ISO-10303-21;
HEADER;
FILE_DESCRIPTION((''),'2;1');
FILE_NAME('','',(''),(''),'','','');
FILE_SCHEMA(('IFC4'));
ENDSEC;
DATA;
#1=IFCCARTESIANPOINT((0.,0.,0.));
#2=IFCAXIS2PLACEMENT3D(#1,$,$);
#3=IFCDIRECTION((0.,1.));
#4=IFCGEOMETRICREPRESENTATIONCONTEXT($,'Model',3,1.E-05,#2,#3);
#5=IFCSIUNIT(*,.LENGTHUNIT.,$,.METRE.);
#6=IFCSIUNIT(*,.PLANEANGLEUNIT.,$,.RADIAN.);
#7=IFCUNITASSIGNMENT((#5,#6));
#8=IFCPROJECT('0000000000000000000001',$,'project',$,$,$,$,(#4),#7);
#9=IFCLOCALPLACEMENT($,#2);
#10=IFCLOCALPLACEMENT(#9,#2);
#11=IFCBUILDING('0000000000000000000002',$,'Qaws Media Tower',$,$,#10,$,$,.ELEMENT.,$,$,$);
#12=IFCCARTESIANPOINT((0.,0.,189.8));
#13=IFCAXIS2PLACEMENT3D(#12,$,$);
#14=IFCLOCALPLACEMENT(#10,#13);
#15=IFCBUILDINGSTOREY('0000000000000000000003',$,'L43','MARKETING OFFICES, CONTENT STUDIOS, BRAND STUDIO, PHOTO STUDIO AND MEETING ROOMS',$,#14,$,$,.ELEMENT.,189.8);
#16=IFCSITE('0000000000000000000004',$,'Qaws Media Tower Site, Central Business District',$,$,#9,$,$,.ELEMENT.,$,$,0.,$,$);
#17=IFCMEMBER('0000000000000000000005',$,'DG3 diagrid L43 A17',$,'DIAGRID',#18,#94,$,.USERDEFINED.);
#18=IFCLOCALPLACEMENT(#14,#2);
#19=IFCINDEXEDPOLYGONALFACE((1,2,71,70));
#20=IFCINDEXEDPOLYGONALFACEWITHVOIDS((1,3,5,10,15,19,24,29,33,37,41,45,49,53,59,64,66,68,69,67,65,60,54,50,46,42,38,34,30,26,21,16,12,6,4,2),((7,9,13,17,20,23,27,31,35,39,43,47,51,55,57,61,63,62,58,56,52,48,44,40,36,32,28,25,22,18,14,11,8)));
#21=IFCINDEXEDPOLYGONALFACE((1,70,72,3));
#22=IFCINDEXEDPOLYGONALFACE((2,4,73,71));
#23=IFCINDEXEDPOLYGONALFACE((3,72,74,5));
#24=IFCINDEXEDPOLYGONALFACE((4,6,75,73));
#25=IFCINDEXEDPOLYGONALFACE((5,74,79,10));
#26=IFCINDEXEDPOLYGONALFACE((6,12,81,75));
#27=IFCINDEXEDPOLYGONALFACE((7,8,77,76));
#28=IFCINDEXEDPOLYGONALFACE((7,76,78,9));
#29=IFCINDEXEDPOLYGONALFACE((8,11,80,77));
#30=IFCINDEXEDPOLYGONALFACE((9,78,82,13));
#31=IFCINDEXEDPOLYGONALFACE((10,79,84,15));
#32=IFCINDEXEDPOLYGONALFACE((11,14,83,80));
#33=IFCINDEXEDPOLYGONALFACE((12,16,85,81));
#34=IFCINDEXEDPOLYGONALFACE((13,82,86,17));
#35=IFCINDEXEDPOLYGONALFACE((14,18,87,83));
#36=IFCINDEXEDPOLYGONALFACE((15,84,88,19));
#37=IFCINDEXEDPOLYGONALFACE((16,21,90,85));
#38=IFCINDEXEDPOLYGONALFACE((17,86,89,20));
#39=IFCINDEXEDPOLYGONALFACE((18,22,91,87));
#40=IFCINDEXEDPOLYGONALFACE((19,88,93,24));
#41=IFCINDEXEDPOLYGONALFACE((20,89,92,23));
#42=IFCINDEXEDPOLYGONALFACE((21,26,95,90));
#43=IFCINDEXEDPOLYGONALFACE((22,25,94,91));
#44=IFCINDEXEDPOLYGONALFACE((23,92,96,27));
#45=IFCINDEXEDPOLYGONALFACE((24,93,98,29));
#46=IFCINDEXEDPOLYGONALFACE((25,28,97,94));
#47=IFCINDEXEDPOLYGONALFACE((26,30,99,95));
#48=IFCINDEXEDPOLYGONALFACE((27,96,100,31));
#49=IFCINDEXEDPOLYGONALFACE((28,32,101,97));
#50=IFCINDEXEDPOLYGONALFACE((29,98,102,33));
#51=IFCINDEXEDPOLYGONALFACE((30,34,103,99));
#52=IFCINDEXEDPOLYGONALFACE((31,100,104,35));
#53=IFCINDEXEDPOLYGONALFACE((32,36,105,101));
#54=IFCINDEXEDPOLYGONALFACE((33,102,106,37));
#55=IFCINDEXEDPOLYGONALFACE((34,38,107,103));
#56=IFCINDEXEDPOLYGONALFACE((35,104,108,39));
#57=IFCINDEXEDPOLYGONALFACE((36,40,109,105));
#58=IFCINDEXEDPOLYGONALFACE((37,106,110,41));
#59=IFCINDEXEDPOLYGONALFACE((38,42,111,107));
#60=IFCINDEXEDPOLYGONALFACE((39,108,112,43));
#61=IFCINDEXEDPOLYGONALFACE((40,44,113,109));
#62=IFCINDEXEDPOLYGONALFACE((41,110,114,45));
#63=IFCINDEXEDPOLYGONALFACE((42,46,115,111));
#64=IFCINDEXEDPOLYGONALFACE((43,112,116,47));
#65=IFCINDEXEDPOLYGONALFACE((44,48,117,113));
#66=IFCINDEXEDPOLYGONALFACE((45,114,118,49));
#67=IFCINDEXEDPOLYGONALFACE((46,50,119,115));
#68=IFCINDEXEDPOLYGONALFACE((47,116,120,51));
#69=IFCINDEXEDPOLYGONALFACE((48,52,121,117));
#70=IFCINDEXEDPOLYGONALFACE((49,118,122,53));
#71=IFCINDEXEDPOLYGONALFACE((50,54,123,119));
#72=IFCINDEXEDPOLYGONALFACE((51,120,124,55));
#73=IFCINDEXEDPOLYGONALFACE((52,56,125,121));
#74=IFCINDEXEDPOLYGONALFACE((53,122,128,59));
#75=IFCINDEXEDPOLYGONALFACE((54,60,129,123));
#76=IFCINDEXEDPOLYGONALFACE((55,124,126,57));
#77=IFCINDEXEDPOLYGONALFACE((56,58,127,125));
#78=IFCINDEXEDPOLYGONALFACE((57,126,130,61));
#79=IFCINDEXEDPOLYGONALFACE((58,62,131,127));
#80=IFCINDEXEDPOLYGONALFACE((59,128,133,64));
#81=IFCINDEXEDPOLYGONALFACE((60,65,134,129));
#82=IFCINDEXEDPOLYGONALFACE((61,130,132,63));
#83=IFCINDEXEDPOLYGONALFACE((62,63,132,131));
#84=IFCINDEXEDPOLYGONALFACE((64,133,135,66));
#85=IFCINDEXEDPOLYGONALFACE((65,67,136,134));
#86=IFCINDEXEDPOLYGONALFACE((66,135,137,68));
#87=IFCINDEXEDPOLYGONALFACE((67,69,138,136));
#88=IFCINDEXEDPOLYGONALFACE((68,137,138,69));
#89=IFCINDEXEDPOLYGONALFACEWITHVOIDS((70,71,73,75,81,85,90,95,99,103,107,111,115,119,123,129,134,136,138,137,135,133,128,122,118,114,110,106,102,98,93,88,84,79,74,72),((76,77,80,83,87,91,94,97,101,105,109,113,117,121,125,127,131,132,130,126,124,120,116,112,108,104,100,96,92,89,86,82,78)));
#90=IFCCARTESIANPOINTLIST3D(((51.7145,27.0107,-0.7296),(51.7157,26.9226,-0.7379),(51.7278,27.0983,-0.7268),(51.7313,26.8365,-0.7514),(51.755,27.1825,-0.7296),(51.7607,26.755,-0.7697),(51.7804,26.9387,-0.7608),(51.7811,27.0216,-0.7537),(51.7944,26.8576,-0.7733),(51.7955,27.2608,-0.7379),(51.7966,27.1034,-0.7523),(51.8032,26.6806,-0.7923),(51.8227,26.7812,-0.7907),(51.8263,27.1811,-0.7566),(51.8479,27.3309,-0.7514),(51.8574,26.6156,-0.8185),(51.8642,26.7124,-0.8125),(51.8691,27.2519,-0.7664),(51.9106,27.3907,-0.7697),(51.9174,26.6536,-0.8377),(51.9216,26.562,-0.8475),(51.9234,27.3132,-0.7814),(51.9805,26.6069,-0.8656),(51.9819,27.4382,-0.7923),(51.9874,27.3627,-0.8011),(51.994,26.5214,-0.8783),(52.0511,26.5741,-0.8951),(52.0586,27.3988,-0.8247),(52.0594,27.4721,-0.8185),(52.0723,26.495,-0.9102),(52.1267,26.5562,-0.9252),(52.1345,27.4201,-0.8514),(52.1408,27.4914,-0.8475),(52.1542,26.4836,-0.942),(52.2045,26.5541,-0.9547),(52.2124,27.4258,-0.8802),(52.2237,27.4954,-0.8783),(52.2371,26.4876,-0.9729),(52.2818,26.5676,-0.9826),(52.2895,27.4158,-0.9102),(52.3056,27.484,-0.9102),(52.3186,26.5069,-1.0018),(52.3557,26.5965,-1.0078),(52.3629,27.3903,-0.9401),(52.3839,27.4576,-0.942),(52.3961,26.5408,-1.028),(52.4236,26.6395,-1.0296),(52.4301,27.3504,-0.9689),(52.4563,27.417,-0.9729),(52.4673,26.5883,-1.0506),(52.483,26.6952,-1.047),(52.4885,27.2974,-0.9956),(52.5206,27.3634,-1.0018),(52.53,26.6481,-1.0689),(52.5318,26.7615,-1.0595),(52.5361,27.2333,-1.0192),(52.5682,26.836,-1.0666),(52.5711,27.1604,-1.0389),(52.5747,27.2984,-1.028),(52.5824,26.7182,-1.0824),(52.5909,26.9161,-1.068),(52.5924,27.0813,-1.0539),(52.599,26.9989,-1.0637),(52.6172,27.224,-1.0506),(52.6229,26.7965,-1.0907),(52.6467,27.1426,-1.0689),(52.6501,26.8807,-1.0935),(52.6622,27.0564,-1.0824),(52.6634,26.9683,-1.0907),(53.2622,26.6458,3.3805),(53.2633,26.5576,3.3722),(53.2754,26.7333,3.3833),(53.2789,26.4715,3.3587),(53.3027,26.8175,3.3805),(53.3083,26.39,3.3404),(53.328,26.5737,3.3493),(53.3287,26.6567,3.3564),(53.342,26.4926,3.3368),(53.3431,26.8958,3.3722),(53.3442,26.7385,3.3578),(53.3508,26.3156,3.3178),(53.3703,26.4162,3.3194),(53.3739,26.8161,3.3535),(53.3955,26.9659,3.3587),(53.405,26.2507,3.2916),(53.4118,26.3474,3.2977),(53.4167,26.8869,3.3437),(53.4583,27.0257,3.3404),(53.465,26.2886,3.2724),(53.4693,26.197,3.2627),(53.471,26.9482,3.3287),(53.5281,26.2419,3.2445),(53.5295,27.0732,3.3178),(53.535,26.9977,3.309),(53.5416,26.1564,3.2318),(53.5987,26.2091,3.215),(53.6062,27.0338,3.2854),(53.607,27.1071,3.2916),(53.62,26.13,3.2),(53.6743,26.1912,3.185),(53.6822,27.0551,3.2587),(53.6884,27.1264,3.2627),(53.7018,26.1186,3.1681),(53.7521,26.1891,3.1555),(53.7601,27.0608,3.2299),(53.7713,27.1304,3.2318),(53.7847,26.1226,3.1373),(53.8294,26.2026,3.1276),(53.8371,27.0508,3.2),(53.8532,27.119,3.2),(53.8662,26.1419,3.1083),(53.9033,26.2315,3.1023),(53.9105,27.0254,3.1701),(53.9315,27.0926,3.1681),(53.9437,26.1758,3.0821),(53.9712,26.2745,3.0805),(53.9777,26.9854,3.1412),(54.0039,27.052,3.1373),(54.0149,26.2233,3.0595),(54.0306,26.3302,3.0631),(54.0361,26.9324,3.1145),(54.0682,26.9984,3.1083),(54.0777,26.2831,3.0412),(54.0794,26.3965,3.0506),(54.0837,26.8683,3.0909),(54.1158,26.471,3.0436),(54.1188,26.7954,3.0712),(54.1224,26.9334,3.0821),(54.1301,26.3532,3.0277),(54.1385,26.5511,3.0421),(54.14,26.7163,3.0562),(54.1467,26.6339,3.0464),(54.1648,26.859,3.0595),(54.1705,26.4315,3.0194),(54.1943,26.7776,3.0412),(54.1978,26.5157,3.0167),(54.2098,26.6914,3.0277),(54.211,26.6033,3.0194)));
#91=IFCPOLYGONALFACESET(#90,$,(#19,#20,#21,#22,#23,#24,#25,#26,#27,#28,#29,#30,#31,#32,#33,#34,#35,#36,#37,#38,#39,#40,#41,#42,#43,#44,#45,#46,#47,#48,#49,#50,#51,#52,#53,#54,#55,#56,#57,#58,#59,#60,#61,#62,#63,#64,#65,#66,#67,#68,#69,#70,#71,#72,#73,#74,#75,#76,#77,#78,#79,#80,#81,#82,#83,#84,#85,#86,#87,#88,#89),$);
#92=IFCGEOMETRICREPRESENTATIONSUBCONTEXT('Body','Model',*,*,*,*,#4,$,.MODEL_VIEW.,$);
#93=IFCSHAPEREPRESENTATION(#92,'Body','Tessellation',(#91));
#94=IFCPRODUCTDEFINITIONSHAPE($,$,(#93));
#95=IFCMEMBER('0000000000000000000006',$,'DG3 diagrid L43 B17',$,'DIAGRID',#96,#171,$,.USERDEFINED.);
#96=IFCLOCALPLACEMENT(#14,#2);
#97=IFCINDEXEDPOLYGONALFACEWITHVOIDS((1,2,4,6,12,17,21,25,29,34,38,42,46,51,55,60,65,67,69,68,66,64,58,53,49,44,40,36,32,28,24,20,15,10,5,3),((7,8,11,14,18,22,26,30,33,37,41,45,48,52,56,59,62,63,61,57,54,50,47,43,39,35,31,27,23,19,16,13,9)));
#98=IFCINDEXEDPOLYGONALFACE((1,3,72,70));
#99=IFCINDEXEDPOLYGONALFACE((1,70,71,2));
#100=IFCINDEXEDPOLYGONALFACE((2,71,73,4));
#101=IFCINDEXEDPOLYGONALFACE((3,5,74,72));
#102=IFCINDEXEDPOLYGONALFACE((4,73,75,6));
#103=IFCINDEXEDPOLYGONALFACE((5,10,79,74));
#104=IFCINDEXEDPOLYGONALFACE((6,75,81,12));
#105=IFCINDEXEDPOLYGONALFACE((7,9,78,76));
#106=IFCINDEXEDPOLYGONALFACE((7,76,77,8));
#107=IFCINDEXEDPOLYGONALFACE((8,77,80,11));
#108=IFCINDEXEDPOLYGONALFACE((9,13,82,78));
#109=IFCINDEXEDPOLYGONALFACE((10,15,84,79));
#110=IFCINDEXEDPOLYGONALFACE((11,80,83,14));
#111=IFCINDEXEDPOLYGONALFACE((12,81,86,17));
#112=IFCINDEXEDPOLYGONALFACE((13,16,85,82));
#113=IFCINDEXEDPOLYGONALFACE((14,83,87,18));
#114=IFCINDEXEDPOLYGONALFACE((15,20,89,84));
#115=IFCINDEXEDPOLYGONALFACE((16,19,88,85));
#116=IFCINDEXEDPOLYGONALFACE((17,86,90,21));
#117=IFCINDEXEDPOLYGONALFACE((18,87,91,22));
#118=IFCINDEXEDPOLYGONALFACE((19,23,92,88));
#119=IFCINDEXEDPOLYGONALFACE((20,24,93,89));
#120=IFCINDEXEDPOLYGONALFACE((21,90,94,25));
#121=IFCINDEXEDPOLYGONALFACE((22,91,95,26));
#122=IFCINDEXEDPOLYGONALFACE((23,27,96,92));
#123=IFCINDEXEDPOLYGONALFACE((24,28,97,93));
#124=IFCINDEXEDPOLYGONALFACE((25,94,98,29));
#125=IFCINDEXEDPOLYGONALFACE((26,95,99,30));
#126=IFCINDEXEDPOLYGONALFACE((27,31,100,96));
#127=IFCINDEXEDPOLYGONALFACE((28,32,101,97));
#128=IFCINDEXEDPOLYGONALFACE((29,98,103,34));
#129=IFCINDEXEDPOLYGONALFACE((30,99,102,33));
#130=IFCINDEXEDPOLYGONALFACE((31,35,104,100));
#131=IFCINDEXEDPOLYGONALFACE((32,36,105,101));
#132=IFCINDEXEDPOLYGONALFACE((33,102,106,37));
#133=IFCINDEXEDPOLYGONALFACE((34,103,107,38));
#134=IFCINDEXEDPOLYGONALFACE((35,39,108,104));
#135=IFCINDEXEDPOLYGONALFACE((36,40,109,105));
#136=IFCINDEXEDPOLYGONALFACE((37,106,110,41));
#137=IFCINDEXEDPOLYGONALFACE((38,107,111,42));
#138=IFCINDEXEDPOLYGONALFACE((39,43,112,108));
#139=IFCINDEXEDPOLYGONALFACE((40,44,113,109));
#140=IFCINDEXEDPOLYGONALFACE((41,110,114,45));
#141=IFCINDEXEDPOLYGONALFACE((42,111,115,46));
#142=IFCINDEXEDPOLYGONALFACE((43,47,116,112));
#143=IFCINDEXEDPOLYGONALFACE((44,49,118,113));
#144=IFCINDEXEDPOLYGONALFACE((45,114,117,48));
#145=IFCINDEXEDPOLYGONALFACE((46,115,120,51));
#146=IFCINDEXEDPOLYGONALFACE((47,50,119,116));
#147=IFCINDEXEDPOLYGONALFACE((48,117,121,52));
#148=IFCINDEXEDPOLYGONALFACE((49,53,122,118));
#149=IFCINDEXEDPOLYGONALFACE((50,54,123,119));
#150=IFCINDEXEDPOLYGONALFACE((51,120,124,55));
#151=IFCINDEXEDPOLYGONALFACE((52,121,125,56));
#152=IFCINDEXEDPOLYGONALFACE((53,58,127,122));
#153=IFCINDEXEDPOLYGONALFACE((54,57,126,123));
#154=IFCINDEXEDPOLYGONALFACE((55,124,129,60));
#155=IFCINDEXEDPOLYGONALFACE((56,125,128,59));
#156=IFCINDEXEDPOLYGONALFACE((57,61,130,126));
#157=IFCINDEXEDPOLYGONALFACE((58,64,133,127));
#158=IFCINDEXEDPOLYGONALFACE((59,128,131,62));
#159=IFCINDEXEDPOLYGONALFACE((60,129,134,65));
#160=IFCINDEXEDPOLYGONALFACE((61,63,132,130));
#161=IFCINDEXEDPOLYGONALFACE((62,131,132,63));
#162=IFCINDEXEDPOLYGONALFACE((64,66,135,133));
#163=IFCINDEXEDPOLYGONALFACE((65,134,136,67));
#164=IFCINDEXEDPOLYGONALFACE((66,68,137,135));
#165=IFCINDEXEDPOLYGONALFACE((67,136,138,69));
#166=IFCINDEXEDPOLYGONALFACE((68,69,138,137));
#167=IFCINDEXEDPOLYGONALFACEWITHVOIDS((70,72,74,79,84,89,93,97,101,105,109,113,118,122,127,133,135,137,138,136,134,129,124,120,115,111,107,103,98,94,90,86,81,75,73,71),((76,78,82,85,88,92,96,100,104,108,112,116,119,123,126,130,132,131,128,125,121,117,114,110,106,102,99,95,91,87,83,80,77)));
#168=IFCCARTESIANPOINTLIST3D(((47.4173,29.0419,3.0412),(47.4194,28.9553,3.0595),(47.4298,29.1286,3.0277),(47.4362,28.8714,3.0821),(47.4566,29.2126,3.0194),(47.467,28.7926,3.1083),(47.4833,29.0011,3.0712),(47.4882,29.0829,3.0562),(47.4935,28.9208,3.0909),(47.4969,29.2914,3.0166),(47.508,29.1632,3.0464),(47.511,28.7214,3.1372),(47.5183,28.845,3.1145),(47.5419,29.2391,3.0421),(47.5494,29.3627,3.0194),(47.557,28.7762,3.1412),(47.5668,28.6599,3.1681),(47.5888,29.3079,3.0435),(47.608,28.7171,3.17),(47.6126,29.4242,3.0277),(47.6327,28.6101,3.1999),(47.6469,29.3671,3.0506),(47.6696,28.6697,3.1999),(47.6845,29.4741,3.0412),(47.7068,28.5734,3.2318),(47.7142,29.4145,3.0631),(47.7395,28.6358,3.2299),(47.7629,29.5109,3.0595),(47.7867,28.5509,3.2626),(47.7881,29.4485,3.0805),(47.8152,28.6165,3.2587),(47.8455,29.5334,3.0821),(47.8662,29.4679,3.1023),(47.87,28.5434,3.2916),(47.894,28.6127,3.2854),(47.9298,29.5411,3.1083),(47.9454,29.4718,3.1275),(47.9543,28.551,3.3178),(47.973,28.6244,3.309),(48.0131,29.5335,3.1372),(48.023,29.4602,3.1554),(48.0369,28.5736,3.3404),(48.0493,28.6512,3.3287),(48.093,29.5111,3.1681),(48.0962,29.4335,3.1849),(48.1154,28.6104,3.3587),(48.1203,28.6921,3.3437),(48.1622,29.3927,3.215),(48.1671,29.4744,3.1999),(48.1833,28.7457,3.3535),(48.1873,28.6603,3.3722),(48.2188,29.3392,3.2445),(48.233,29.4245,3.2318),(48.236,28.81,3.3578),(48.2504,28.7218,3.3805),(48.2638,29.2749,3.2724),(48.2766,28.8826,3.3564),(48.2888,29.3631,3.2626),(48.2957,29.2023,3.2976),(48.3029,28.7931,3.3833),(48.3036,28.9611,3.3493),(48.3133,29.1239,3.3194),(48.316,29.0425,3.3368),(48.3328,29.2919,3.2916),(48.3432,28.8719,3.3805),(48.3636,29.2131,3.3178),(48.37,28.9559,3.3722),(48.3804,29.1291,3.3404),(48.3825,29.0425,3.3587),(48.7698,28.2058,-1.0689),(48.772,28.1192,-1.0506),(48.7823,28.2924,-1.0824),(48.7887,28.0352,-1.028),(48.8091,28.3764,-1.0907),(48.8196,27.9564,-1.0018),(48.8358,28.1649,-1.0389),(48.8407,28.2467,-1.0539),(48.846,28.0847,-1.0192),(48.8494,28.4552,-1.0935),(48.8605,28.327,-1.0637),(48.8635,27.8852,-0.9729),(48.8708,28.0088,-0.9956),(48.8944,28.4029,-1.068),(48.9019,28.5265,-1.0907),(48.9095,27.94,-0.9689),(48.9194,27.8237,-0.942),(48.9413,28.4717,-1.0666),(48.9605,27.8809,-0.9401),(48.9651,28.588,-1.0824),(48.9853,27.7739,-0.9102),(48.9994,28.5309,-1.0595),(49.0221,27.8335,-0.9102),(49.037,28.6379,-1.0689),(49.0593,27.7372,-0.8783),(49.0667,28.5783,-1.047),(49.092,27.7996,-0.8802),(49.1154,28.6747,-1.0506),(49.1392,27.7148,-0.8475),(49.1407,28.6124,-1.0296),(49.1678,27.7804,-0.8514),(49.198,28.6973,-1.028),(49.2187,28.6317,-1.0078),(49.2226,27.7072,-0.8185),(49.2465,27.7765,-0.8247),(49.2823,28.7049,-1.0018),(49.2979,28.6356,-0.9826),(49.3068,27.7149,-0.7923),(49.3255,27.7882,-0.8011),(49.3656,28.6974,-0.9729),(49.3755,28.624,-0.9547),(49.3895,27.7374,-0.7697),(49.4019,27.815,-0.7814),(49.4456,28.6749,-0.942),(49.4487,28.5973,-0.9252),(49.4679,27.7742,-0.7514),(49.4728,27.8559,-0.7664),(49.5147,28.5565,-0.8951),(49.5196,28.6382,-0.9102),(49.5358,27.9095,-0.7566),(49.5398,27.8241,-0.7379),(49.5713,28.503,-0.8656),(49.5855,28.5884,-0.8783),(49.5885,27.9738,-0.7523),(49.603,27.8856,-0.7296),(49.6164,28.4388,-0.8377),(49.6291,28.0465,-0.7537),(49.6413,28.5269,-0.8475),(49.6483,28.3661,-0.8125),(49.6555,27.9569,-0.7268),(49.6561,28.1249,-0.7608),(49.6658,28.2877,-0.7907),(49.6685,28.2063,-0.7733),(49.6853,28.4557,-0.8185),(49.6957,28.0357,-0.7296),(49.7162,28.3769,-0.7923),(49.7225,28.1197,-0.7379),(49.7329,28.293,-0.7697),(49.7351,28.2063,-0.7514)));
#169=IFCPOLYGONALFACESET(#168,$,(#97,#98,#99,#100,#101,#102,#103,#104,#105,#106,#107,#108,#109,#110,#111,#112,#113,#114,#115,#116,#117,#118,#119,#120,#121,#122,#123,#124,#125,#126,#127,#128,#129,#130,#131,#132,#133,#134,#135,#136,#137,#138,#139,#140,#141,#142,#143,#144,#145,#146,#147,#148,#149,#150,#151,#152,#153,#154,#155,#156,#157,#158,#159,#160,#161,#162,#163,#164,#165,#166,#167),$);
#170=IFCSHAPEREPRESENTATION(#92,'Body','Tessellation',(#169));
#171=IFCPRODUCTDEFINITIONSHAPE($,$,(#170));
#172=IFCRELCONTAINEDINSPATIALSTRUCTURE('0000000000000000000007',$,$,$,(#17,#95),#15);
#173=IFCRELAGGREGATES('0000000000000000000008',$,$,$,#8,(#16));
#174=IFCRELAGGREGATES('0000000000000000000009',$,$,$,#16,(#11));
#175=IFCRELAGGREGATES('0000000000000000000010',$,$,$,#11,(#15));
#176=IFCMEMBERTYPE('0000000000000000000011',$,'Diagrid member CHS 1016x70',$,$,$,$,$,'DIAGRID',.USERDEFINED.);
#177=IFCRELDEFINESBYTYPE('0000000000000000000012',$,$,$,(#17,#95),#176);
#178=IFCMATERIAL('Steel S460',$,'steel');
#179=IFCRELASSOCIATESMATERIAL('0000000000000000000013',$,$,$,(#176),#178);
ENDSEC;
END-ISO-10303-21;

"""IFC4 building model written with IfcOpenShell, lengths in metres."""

from ifc_helpers import new_model, si_unit, direction, frame, origin, origin_2d, place, context, subcontext, project, spatial, hollow_circle, extrude, material, material_profile, profile_set, type_object, element, save


model = new_model("IFC4")

# Units and contexts
model_context = context("Model", 3, precision=1e-05, world=origin(), true_north=direction((0.0, 1.0)))
body_context = subcontext(model_context, "Body", "Model", "MODEL_VIEW")
ifc_project = project(units=[si_unit("LENGTHUNIT", "METRE"), si_unit("PLANEANGLEUNIT", "RADIAN")], contexts=[model_context])

# Site, building, storey
site_placement = place(None, origin())
site = spatial("IfcSite", under=ifc_project, at=site_placement, Name="Qaws Media Tower Site, Central Business District", CompositionType="ELEMENT", RefElevation=0.0)
building_placement = place(site_placement, origin())
building = spatial("IfcBuilding", under=site, at=building_placement, Name="Qaws Media Tower", CompositionType="ELEMENT")
storey_placement = place(building_placement, frame((0.0, 0.0, 189.8)))
storey = spatial("IfcBuildingStorey", under=building, at=storey_placement, Name="L43", Description="MARKETING OFFICES, CONTENT STUDIOS, BRAND STUDIO, PHOTO STUDIO AND MEETING ROOMS", CompositionType="ELEMENT", Elevation=189.8)

# Members
ifc_material_1 = material(Name="Steel S460", Category="steel")
ifc_material_profile_1 = material_profile(ifc_material_1, hollow_circle(Radius=0.5081, WallThickness=0.0701, at=origin_2d()), Name="CHS 1016x70")
ifc_profile_set_1 = profile_set([ifc_material_profile_1], Name="Steel S460")
member_type_1 = type_object("IfcMemberType", Name="Diagrid member CHS 1016x70", ElementType="DIAGRID", PredefinedType="USERDEFINED", material=ifc_profile_set_1)
for number, where, z_axis, x_axis, name in (
    (1, (52.189, 26.9895, -0.9102), (0.351174, -0.082821, 0.93264), (0.229544, 0.973298, 0.0), "DG3 diagrid L43 A17"),
    (2, (49.2524, 28.2061, -0.9102), (-0.306908, 0.18974, 0.932634), (-0.525852, -0.850576, 0.0), "DG3 diagrid L43 B17"),
):
    element("IfcMember", number, at=place(storey_placement, frame(where, z_axis=z_axis, x_axis=x_axis)), inside=storey, type_object=member_type_1, Name=name, ObjectType="DIAGRID", PredefinedType="USERDEFINED", context=body_context, shape_type="SweptSolid", body=[
        extrude(hollow_circle(Radius=0.5081, WallThickness=0.0701, at=origin_2d()), origin(), (0.0, 0.0, 1.0), 4.407),
    ])

save(model, "model.ifc")
